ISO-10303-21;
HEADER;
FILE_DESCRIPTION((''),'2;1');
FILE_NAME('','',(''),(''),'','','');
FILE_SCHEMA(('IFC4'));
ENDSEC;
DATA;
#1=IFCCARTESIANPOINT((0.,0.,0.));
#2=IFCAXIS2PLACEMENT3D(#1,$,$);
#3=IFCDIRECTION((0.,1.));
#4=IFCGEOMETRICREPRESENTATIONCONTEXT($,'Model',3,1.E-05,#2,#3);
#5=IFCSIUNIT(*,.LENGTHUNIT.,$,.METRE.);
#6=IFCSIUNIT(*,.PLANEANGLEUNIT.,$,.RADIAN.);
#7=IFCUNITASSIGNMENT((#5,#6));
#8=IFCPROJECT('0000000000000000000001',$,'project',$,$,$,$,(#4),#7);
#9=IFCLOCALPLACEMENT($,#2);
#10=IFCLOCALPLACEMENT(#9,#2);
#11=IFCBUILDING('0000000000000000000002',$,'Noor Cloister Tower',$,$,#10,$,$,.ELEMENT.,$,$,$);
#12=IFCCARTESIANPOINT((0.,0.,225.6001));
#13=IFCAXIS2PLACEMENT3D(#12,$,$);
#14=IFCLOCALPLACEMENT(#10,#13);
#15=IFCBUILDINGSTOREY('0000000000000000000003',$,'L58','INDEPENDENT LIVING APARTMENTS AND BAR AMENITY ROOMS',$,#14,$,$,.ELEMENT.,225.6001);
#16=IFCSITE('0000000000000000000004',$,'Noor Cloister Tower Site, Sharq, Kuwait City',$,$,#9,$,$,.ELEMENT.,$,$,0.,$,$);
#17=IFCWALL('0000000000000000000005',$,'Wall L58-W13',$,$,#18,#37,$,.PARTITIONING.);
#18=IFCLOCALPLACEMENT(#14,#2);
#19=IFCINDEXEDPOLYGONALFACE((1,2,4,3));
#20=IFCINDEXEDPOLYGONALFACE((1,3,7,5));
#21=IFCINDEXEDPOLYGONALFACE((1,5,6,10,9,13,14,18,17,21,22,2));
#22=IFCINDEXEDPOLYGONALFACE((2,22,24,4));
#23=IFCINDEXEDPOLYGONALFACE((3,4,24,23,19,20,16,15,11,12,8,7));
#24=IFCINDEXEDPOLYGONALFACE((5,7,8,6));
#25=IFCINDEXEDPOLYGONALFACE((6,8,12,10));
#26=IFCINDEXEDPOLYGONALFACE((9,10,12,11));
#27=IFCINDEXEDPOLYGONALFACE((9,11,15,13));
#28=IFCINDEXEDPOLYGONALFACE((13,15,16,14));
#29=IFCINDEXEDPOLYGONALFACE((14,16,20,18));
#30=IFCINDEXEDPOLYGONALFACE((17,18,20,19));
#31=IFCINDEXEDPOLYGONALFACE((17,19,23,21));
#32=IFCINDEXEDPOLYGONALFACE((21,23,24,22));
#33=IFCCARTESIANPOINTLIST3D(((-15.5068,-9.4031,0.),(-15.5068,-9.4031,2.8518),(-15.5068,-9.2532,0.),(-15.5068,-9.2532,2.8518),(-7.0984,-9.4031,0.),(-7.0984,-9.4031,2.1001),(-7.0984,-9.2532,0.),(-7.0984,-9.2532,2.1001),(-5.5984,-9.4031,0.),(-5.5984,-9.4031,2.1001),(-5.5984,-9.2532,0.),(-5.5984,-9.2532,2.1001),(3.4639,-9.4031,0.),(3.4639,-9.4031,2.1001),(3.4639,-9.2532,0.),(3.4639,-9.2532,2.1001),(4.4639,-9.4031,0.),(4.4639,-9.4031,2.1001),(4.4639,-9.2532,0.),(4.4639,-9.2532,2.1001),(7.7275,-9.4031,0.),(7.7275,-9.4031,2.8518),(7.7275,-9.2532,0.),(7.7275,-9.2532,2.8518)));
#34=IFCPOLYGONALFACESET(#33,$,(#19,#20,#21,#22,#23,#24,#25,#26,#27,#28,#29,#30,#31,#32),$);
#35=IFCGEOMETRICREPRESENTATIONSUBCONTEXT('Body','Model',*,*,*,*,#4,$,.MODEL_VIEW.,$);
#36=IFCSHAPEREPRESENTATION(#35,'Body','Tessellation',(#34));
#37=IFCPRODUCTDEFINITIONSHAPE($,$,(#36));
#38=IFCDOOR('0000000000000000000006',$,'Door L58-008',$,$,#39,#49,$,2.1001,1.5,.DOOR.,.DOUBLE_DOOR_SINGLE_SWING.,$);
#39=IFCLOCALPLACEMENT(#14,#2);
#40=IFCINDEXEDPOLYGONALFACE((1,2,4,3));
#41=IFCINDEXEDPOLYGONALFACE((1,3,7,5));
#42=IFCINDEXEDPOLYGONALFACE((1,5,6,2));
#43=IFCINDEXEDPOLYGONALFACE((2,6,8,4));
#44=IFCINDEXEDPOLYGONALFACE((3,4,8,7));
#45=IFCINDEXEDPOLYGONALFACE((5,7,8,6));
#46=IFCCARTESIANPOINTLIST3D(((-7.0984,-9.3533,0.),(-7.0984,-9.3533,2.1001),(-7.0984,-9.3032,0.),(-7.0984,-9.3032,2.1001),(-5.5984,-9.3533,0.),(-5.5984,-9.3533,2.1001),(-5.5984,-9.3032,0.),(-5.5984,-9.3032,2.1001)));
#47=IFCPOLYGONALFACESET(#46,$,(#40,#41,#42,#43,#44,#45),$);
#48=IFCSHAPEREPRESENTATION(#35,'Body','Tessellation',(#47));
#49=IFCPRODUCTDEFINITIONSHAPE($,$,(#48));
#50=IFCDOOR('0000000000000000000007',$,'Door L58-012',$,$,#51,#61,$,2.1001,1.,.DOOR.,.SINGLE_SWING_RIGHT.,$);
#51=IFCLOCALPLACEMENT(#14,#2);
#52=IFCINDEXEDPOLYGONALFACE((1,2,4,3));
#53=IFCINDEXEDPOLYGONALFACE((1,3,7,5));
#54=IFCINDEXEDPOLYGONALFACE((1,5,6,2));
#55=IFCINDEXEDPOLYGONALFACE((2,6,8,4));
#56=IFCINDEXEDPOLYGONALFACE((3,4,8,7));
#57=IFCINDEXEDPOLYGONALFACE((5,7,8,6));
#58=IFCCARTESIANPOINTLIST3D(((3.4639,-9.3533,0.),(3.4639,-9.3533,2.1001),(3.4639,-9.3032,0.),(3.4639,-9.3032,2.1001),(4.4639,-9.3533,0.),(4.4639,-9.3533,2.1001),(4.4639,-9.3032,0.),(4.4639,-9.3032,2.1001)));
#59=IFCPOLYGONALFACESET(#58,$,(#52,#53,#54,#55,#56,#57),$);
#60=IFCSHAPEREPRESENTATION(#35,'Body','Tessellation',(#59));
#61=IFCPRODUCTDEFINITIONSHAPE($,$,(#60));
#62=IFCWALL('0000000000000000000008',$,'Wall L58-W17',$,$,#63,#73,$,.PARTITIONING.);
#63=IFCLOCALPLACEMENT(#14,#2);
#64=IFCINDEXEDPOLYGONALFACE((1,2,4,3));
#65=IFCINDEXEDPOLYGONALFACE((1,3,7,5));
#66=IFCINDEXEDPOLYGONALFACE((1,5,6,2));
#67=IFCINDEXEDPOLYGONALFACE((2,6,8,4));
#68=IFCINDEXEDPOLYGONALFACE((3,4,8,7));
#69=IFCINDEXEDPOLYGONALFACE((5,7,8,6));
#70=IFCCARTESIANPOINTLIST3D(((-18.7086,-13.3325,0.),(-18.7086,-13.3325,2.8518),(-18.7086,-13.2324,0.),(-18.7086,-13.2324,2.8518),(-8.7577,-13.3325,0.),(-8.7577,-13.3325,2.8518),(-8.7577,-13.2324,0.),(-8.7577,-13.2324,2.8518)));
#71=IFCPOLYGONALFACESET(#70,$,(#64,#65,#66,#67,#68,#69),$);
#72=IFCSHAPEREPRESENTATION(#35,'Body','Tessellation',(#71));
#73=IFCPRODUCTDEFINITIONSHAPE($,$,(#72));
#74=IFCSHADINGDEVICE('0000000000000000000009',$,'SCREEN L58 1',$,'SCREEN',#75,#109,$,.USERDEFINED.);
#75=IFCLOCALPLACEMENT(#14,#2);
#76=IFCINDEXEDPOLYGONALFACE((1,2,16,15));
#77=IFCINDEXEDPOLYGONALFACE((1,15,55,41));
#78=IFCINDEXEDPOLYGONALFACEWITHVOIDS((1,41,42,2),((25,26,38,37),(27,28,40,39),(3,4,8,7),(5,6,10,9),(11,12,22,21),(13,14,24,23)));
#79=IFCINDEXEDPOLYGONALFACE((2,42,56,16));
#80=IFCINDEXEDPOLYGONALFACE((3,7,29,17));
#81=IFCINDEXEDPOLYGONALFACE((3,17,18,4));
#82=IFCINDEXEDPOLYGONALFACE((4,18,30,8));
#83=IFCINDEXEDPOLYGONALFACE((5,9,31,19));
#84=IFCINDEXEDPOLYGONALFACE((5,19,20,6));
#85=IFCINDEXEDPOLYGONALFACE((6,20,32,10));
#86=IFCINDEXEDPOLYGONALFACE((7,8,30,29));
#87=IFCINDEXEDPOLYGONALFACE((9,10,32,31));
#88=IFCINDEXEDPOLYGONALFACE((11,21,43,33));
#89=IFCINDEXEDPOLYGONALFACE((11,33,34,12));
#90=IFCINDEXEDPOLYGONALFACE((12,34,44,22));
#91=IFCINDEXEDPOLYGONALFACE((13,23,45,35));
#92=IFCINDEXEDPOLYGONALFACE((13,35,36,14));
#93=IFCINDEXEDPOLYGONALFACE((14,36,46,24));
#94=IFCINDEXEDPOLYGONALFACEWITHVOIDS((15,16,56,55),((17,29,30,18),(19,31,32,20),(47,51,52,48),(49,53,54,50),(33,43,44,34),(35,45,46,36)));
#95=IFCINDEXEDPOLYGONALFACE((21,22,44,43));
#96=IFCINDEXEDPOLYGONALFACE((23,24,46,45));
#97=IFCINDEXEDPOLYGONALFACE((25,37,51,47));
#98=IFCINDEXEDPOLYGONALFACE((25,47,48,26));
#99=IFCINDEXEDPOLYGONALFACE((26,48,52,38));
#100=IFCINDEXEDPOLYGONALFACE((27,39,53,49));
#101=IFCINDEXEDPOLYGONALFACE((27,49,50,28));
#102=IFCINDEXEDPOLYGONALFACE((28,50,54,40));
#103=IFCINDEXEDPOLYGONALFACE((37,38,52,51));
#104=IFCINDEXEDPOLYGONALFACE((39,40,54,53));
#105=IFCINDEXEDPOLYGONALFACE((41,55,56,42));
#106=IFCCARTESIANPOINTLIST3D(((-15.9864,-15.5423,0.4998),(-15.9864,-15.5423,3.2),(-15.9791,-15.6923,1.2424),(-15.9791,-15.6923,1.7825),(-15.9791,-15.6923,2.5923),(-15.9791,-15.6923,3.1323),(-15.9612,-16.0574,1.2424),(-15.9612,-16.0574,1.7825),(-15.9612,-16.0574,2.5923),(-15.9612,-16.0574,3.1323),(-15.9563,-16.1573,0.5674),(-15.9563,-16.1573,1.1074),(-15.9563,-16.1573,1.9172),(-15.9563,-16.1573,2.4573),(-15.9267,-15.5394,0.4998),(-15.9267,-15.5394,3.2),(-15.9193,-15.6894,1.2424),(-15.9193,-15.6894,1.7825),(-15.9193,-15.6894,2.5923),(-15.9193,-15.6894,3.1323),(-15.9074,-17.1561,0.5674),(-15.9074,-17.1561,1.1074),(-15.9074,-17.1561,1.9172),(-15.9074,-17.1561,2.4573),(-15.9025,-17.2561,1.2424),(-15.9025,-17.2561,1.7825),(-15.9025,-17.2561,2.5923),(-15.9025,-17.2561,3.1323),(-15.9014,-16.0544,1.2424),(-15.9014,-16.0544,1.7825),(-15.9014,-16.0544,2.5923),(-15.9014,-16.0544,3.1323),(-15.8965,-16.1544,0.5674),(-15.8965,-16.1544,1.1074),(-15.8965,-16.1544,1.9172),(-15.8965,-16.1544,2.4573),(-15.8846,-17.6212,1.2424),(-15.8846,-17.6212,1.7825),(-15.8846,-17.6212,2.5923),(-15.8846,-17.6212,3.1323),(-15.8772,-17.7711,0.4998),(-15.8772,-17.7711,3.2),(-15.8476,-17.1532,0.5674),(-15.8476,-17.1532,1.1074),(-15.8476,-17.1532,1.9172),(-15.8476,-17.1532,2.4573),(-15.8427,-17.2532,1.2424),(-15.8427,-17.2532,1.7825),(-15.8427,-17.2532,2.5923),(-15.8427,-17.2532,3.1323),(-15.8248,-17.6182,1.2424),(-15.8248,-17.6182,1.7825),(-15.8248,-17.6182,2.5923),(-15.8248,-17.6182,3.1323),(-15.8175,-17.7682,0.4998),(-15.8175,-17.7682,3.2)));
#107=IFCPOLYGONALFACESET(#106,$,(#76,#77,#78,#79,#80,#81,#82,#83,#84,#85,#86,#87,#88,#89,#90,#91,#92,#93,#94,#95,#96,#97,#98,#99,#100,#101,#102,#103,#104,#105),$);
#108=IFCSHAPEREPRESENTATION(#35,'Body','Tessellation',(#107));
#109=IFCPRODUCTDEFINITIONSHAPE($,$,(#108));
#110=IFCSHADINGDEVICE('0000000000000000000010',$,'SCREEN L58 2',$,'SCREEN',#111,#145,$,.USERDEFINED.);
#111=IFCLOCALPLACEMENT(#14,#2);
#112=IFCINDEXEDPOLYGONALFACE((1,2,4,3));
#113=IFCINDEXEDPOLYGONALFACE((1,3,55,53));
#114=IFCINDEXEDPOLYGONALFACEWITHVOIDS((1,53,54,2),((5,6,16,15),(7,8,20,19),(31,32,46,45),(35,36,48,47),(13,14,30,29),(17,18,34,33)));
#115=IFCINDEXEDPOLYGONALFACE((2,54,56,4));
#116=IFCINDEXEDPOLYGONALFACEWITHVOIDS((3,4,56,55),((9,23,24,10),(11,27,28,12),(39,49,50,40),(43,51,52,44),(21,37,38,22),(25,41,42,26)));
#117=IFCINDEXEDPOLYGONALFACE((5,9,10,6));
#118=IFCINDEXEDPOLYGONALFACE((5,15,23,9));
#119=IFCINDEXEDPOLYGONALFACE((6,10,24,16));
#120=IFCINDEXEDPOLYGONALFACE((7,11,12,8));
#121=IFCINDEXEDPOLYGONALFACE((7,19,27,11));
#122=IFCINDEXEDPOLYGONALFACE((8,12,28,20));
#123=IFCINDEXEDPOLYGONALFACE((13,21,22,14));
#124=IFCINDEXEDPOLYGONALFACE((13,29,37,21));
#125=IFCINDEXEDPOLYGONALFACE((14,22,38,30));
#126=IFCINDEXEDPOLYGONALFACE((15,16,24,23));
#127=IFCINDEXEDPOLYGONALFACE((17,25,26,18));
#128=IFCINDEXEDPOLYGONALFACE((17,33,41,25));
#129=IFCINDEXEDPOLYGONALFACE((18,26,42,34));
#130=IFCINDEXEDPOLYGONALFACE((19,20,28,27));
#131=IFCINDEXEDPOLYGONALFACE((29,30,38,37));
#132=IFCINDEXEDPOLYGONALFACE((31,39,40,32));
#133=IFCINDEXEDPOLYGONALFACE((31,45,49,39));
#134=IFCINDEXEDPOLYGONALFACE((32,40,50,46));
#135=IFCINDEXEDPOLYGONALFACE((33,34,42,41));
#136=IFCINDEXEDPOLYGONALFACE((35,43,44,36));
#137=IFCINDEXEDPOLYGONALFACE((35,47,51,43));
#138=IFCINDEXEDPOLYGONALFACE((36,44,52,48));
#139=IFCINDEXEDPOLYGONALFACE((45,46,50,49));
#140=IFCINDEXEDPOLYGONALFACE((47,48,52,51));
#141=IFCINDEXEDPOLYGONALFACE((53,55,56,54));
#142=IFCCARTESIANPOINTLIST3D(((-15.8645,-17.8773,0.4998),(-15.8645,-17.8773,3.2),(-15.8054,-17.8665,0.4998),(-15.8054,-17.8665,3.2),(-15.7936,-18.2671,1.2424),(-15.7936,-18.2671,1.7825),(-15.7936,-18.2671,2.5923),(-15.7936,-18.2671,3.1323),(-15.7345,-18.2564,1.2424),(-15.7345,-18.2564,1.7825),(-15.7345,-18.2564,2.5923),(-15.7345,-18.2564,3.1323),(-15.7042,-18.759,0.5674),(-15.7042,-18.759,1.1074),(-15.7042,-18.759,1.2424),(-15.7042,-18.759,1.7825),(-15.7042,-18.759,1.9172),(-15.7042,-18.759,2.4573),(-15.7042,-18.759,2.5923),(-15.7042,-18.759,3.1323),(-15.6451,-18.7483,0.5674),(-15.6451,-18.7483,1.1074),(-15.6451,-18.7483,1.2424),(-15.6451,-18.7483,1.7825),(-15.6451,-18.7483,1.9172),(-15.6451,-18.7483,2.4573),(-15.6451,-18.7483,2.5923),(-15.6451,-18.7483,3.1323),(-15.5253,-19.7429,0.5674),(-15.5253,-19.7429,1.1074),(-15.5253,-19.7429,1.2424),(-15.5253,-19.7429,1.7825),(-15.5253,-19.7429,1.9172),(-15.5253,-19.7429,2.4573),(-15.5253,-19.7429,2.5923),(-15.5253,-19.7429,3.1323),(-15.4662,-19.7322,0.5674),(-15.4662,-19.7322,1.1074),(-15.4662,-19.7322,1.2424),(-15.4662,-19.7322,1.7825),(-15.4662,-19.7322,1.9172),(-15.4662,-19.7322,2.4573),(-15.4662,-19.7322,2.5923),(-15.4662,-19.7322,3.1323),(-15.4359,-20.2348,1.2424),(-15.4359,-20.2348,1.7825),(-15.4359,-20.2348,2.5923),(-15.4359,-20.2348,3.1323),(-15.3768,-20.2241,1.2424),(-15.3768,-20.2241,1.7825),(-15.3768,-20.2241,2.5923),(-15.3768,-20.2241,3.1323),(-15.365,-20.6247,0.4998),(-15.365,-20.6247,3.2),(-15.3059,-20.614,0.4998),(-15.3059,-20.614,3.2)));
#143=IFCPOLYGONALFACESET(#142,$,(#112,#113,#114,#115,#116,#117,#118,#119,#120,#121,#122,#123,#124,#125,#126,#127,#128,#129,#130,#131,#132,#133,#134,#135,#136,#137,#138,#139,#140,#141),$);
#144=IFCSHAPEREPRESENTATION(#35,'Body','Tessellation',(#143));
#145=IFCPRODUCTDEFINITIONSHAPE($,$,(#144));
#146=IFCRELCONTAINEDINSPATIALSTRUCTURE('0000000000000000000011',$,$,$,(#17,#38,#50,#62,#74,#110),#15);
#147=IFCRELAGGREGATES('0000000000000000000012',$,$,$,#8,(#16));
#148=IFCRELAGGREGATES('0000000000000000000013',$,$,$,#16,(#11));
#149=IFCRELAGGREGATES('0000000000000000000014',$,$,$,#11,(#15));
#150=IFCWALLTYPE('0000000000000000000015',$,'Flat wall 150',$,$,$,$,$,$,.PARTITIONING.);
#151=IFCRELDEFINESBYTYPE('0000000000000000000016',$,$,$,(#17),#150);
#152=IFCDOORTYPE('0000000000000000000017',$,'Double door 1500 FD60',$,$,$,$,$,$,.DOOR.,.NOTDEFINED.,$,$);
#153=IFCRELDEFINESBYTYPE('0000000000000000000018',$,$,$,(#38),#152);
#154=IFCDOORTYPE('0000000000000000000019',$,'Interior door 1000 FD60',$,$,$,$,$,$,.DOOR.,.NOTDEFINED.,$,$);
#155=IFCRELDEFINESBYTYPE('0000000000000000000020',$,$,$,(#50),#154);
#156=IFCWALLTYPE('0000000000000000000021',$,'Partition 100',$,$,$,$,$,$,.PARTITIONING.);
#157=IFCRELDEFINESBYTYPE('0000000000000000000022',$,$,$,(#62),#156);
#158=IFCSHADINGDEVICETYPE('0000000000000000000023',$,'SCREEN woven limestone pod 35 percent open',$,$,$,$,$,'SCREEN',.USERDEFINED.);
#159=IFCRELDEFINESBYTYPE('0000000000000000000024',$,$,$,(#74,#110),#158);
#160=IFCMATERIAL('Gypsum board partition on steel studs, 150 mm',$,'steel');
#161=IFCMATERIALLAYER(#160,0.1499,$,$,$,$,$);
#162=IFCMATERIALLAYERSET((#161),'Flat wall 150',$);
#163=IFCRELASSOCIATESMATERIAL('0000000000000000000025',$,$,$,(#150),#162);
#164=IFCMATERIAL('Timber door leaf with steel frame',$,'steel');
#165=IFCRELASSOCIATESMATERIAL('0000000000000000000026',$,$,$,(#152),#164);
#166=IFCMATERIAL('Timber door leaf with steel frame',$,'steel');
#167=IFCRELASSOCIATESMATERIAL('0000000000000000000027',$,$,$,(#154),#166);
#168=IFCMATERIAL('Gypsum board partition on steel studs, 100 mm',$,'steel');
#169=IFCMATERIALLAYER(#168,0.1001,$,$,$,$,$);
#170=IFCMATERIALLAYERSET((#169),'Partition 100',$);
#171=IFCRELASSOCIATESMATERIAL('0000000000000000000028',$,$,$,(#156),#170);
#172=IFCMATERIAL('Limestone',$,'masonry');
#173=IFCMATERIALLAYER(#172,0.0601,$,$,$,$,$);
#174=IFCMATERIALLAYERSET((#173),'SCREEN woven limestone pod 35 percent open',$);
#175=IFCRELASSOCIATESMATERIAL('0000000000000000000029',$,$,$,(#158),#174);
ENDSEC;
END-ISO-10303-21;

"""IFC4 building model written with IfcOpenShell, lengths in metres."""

from ifc_helpers import new_model, si_unit, direction, frame, frame_2d, origin, place, context, subcontext, project, spatial, polyline, rectangle, outline, extrude, material, layer, layer_set, type_object, element, fill, save


model = new_model("IFC4")

# Units and contexts
model_context = context("Model", 3, precision=1e-05, world=origin(), true_north=direction((0.0, 1.0)))
body_context = subcontext(model_context, "Body", "Model", "MODEL_VIEW")
ifc_project = project(units=[si_unit("LENGTHUNIT", "METRE"), si_unit("PLANEANGLEUNIT", "RADIAN")], contexts=[model_context])

# Site, building, storey
site_placement = place(None, origin())
site = spatial("IfcSite", under=ifc_project, at=site_placement, Name="Noor Cloister Tower Site, Sharq, Kuwait City", CompositionType="ELEMENT", RefElevation=0.0)
building_placement = place(site_placement, origin())
building = spatial("IfcBuilding", under=site, at=building_placement, Name="Noor Cloister Tower", CompositionType="ELEMENT")
storey_placement = place(building_placement, frame((0.0, 0.0, 225.6001)))
storey = spatial("IfcBuildingStorey", under=building, at=storey_placement, Name="L58", Description="INDEPENDENT LIVING APARTMENTS AND BAR AMENITY ROOMS", CompositionType="ELEMENT", Elevation=225.6001)

# Wall, openings, doors
ifc_material_1 = material(Name="Gypsum board partition on steel studs, 150 mm", Category="steel")
ifc_layer_1 = layer(ifc_material_1, 0.1499)
ifc_layer_set_1 = layer_set([ifc_layer_1], Name="Flat wall 150")
wall_type_1 = type_object("IfcWallType", Name="Flat wall 150", PredefinedType="PARTITIONING", material=ifc_layer_set_1)
wall_1_placement = place(storey_placement, frame((-15.5068, -9.3281, 0.0), z_axis=(0.0, 0.0, 1.0), x_axis=(1.0, 0.0, 0.0)))
wall_1 = element("IfcWall", 1, at=wall_1_placement, inside=storey, type_object=wall_type_1, Name="Wall L58-W13", PredefinedType="PARTITIONING", context=body_context, shape_type="SweptSolid", body=[
    extrude(rectangle(XDim=23.2344, YDim=0.1499, at=frame_2d((11.6172, 0.0))), origin(), (0.0, 0.0, 1.0), 2.8518),
])
opening_1_placement = place(wall_1_placement, frame((8.4084, 0.0, 0.0)))
opening_1 = element("IfcOpeningElement", 2, at=opening_1_placement, cuts=wall_1, PredefinedType="OPENING", context=body_context, shape_type="SweptSolid", body=[
    extrude(rectangle(XDim=1.5, YDim=2.1001, at=frame_2d((0.75, 1.05))), frame((0.0, 0.085, 0.0), z_axis=(0.0, -1.0, 0.0), x_axis=(1.0, 0.0, 0.0)), (0.0, 0.0, 1.0), 0.1699),
])
opening_2_placement = place(wall_1_placement, frame((18.9707, 0.0, 0.0)))
opening_2 = element("IfcOpeningElement", 3, at=opening_2_placement, cuts=wall_1, PredefinedType="OPENING", context=body_context, shape_type="SweptSolid", body=[
    extrude(rectangle(XDim=1.0, YDim=2.1001, at=frame_2d((0.5, 1.05))), frame((0.0, 0.085, 0.0), z_axis=(0.0, -1.0, 0.0), x_axis=(1.0, 0.0, 0.0)), (0.0, 0.0, 1.0), 0.1699),
])
ifc_material_2 = material(Name="Timber door leaf with steel frame", Category="steel")
door_type_1 = type_object("IfcDoorType", Name="Double door 1500 FD60", OperationType="NOTDEFINED", PredefinedType="DOOR", material=ifc_material_2)
door_1_placement = place(opening_1_placement, origin())
door_1 = element("IfcDoor", 4, at=door_1_placement, inside=storey, type_object=door_type_1, Name="Door L58-008", OperationType="DOUBLE_DOOR_SINGLE_SWING", OverallHeight=2.1001, OverallWidth=1.5, PredefinedType="DOOR", context=body_context, shape_type="SweptSolid", body=[
    extrude(rectangle(XDim=1.5, YDim=2.1001, at=frame_2d((0.75, 1.05))), frame((0.0, 0.0249, 0.0), z_axis=(0.0, -1.0, 0.0), x_axis=(1.0, 0.0, 0.0)), (0.0, 0.0, 1.0), 0.05),
])
fill(opening_1, door_1)
ifc_material_3 = material(Name="Timber door leaf with steel frame", Category="steel")
door_type_2 = type_object("IfcDoorType", Name="Interior door 1000 FD60", OperationType="NOTDEFINED", PredefinedType="DOOR", material=ifc_material_3)
door_2_placement = place(opening_2_placement, origin())
door_2 = element("IfcDoor", 5, at=door_2_placement, inside=storey, type_object=door_type_2, Name="Door L58-012", OperationType="SINGLE_SWING_RIGHT", OverallHeight=2.1001, OverallWidth=1.0, PredefinedType="DOOR", context=body_context, shape_type="SweptSolid", body=[
    extrude(rectangle(XDim=1.0, YDim=2.1001, at=frame_2d((0.5, 1.05))), frame((0.0, 0.0249, 0.0), z_axis=(0.0, -1.0, 0.0), x_axis=(1.0, 0.0, 0.0)), (0.0, 0.0, 1.0), 0.05),
])
fill(opening_2, door_2)

# Wall
ifc_material_4 = material(Name="Gypsum board partition on steel studs, 100 mm", Category="steel")
ifc_layer_2 = layer(ifc_material_4, 0.1001)
ifc_layer_set_2 = layer_set([ifc_layer_2], Name="Partition 100")
wall_type_2 = type_object("IfcWallType", Name="Partition 100", PredefinedType="PARTITIONING", material=ifc_layer_set_2)
wall_2_placement = place(storey_placement, frame((-18.7087, -13.2825, 0.0), z_axis=(0.0, 0.0, 1.0), x_axis=(1.0, 0.0, 0.0)))
element("IfcWall", 6, at=wall_2_placement, inside=storey, type_object=wall_type_2, Name="Wall L58-W17", PredefinedType="PARTITIONING", context=body_context, shape_type="SweptSolid", body=[
    extrude(rectangle(XDim=9.9509, YDim=0.1001, at=frame_2d((4.9756, 0.0))), origin(), (0.0, 0.0, 1.0), 2.8518),
])

# Shading devices
ifc_material_5 = material(Name="Limestone", Category="masonry")
ifc_layer_3 = layer(ifc_material_5, 0.0601)
ifc_layer_set_3 = layer_set([ifc_layer_3], Name="SCREEN woven limestone pod 35 percent open")
shading_device_type = type_object("IfcShadingDeviceType", Name="SCREEN woven limestone pod 35 percent open", ElementType="SCREEN", PredefinedType="USERDEFINED", material=ifc_layer_set_3)
shading_device_1_placement = place(storey_placement, frame((-15.8721, -16.6538, 1.8499), z_axis=(-0.998803, -0.048921, 0.0), x_axis=(0.048921, -0.998803, 0.0)))
element("IfcShadingDevice", 7, at=shading_device_1_placement, inside=storey, type_object=shading_device_type, Name="SCREEN L58 1", ObjectType="SCREEN", PredefinedType="USERDEFINED", context=body_context, shape_type="SweptSolid", body=[
    extrude(outline(polyline([(-1.1157, -1.3501), (1.1157, -1.3501), (1.1157, 1.3501), (-1.1157, 1.3501), (-1.1157, -1.3501)]), holes=[polyline([(-0.5, -1.2825), (0.5, -1.2825), (0.5, -0.7424), (-0.5, -0.7424), (-0.5, -1.2825)]), polyline([(0.6001, -0.6074), (0.9656, -0.6074), (0.9656, -0.0674), (0.6001, -0.0674), (0.6001, -0.6074)]), polyline([(-0.9656, -0.6074), (-0.6001, -0.6074), (-0.6001, -0.0674), (-0.9656, -0.0674), (-0.9656, -0.6074)]), polyline([(-0.5, 0.0674), (0.5, 0.0674), (0.5, 0.6074), (-0.5, 0.6074), (-0.5, 0.0674)]), polyline([(0.6001, 0.7424), (0.9656, 0.7424), (0.9656, 1.2825), (0.6001, 1.2825), (0.6001, 0.7424)]), polyline([(-0.9656, 0.7424), (-0.6001, 0.7424), (-0.6001, 1.2825), (-0.9656, 1.2825), (-0.9656, 0.7424)])]), origin(), (0.0, 0.0, 1.0), 0.0598),
])
shading_device_2_placement = place(storey_placement, frame((-15.5557, -19.2402, 1.8499), z_axis=(-0.98387, -0.178885, 0.0), x_axis=(0.178885, -0.98387, 0.0)))
element("IfcShadingDevice", 8, at=shading_device_2_placement, inside=storey, type_object=shading_device_type, Name="SCREEN L58 2", ObjectType="SCREEN", PredefinedType="USERDEFINED", context=body_context, shape_type="SweptSolid", body=[
    extrude(outline(polyline([(-1.3962, -1.3501), (1.3962, -1.3501), (1.3962, 1.3501), (-1.3962, 1.3501), (-1.3962, -1.3501)]), holes=[polyline([(-0.5, -1.2825), (0.5, -1.2825), (0.5, -0.7424), (-0.5, -0.7424), (-0.5, -1.2825)]), polyline([(-1.0, -0.6074), (-0.5, -0.6074), (-0.5, -0.0674), (-1.0, -0.0674), (-1.0, -0.6074)]), polyline([(0.5, -0.6074), (1.0, -0.6074), (1.0, -0.0674), (0.5, -0.0674), (0.5, -0.6074)]), polyline([(-0.5, 0.0674), (0.5, 0.0674), (0.5, 0.6074), (-0.5, 0.6074), (-0.5, 0.0674)]), polyline([(-1.0, 0.7424), (-0.5, 0.7424), (-0.5, 1.2825), (-1.0, 1.2825), (-1.0, 0.7424)]), polyline([(0.5, 0.7424), (1.0, 0.7424), (1.0, 1.2825), (0.5, 1.2825), (0.5, 0.7424)])]), origin(), (0.0, 0.0, 1.0), 0.0601),
])

save(model, "model.ifc")
